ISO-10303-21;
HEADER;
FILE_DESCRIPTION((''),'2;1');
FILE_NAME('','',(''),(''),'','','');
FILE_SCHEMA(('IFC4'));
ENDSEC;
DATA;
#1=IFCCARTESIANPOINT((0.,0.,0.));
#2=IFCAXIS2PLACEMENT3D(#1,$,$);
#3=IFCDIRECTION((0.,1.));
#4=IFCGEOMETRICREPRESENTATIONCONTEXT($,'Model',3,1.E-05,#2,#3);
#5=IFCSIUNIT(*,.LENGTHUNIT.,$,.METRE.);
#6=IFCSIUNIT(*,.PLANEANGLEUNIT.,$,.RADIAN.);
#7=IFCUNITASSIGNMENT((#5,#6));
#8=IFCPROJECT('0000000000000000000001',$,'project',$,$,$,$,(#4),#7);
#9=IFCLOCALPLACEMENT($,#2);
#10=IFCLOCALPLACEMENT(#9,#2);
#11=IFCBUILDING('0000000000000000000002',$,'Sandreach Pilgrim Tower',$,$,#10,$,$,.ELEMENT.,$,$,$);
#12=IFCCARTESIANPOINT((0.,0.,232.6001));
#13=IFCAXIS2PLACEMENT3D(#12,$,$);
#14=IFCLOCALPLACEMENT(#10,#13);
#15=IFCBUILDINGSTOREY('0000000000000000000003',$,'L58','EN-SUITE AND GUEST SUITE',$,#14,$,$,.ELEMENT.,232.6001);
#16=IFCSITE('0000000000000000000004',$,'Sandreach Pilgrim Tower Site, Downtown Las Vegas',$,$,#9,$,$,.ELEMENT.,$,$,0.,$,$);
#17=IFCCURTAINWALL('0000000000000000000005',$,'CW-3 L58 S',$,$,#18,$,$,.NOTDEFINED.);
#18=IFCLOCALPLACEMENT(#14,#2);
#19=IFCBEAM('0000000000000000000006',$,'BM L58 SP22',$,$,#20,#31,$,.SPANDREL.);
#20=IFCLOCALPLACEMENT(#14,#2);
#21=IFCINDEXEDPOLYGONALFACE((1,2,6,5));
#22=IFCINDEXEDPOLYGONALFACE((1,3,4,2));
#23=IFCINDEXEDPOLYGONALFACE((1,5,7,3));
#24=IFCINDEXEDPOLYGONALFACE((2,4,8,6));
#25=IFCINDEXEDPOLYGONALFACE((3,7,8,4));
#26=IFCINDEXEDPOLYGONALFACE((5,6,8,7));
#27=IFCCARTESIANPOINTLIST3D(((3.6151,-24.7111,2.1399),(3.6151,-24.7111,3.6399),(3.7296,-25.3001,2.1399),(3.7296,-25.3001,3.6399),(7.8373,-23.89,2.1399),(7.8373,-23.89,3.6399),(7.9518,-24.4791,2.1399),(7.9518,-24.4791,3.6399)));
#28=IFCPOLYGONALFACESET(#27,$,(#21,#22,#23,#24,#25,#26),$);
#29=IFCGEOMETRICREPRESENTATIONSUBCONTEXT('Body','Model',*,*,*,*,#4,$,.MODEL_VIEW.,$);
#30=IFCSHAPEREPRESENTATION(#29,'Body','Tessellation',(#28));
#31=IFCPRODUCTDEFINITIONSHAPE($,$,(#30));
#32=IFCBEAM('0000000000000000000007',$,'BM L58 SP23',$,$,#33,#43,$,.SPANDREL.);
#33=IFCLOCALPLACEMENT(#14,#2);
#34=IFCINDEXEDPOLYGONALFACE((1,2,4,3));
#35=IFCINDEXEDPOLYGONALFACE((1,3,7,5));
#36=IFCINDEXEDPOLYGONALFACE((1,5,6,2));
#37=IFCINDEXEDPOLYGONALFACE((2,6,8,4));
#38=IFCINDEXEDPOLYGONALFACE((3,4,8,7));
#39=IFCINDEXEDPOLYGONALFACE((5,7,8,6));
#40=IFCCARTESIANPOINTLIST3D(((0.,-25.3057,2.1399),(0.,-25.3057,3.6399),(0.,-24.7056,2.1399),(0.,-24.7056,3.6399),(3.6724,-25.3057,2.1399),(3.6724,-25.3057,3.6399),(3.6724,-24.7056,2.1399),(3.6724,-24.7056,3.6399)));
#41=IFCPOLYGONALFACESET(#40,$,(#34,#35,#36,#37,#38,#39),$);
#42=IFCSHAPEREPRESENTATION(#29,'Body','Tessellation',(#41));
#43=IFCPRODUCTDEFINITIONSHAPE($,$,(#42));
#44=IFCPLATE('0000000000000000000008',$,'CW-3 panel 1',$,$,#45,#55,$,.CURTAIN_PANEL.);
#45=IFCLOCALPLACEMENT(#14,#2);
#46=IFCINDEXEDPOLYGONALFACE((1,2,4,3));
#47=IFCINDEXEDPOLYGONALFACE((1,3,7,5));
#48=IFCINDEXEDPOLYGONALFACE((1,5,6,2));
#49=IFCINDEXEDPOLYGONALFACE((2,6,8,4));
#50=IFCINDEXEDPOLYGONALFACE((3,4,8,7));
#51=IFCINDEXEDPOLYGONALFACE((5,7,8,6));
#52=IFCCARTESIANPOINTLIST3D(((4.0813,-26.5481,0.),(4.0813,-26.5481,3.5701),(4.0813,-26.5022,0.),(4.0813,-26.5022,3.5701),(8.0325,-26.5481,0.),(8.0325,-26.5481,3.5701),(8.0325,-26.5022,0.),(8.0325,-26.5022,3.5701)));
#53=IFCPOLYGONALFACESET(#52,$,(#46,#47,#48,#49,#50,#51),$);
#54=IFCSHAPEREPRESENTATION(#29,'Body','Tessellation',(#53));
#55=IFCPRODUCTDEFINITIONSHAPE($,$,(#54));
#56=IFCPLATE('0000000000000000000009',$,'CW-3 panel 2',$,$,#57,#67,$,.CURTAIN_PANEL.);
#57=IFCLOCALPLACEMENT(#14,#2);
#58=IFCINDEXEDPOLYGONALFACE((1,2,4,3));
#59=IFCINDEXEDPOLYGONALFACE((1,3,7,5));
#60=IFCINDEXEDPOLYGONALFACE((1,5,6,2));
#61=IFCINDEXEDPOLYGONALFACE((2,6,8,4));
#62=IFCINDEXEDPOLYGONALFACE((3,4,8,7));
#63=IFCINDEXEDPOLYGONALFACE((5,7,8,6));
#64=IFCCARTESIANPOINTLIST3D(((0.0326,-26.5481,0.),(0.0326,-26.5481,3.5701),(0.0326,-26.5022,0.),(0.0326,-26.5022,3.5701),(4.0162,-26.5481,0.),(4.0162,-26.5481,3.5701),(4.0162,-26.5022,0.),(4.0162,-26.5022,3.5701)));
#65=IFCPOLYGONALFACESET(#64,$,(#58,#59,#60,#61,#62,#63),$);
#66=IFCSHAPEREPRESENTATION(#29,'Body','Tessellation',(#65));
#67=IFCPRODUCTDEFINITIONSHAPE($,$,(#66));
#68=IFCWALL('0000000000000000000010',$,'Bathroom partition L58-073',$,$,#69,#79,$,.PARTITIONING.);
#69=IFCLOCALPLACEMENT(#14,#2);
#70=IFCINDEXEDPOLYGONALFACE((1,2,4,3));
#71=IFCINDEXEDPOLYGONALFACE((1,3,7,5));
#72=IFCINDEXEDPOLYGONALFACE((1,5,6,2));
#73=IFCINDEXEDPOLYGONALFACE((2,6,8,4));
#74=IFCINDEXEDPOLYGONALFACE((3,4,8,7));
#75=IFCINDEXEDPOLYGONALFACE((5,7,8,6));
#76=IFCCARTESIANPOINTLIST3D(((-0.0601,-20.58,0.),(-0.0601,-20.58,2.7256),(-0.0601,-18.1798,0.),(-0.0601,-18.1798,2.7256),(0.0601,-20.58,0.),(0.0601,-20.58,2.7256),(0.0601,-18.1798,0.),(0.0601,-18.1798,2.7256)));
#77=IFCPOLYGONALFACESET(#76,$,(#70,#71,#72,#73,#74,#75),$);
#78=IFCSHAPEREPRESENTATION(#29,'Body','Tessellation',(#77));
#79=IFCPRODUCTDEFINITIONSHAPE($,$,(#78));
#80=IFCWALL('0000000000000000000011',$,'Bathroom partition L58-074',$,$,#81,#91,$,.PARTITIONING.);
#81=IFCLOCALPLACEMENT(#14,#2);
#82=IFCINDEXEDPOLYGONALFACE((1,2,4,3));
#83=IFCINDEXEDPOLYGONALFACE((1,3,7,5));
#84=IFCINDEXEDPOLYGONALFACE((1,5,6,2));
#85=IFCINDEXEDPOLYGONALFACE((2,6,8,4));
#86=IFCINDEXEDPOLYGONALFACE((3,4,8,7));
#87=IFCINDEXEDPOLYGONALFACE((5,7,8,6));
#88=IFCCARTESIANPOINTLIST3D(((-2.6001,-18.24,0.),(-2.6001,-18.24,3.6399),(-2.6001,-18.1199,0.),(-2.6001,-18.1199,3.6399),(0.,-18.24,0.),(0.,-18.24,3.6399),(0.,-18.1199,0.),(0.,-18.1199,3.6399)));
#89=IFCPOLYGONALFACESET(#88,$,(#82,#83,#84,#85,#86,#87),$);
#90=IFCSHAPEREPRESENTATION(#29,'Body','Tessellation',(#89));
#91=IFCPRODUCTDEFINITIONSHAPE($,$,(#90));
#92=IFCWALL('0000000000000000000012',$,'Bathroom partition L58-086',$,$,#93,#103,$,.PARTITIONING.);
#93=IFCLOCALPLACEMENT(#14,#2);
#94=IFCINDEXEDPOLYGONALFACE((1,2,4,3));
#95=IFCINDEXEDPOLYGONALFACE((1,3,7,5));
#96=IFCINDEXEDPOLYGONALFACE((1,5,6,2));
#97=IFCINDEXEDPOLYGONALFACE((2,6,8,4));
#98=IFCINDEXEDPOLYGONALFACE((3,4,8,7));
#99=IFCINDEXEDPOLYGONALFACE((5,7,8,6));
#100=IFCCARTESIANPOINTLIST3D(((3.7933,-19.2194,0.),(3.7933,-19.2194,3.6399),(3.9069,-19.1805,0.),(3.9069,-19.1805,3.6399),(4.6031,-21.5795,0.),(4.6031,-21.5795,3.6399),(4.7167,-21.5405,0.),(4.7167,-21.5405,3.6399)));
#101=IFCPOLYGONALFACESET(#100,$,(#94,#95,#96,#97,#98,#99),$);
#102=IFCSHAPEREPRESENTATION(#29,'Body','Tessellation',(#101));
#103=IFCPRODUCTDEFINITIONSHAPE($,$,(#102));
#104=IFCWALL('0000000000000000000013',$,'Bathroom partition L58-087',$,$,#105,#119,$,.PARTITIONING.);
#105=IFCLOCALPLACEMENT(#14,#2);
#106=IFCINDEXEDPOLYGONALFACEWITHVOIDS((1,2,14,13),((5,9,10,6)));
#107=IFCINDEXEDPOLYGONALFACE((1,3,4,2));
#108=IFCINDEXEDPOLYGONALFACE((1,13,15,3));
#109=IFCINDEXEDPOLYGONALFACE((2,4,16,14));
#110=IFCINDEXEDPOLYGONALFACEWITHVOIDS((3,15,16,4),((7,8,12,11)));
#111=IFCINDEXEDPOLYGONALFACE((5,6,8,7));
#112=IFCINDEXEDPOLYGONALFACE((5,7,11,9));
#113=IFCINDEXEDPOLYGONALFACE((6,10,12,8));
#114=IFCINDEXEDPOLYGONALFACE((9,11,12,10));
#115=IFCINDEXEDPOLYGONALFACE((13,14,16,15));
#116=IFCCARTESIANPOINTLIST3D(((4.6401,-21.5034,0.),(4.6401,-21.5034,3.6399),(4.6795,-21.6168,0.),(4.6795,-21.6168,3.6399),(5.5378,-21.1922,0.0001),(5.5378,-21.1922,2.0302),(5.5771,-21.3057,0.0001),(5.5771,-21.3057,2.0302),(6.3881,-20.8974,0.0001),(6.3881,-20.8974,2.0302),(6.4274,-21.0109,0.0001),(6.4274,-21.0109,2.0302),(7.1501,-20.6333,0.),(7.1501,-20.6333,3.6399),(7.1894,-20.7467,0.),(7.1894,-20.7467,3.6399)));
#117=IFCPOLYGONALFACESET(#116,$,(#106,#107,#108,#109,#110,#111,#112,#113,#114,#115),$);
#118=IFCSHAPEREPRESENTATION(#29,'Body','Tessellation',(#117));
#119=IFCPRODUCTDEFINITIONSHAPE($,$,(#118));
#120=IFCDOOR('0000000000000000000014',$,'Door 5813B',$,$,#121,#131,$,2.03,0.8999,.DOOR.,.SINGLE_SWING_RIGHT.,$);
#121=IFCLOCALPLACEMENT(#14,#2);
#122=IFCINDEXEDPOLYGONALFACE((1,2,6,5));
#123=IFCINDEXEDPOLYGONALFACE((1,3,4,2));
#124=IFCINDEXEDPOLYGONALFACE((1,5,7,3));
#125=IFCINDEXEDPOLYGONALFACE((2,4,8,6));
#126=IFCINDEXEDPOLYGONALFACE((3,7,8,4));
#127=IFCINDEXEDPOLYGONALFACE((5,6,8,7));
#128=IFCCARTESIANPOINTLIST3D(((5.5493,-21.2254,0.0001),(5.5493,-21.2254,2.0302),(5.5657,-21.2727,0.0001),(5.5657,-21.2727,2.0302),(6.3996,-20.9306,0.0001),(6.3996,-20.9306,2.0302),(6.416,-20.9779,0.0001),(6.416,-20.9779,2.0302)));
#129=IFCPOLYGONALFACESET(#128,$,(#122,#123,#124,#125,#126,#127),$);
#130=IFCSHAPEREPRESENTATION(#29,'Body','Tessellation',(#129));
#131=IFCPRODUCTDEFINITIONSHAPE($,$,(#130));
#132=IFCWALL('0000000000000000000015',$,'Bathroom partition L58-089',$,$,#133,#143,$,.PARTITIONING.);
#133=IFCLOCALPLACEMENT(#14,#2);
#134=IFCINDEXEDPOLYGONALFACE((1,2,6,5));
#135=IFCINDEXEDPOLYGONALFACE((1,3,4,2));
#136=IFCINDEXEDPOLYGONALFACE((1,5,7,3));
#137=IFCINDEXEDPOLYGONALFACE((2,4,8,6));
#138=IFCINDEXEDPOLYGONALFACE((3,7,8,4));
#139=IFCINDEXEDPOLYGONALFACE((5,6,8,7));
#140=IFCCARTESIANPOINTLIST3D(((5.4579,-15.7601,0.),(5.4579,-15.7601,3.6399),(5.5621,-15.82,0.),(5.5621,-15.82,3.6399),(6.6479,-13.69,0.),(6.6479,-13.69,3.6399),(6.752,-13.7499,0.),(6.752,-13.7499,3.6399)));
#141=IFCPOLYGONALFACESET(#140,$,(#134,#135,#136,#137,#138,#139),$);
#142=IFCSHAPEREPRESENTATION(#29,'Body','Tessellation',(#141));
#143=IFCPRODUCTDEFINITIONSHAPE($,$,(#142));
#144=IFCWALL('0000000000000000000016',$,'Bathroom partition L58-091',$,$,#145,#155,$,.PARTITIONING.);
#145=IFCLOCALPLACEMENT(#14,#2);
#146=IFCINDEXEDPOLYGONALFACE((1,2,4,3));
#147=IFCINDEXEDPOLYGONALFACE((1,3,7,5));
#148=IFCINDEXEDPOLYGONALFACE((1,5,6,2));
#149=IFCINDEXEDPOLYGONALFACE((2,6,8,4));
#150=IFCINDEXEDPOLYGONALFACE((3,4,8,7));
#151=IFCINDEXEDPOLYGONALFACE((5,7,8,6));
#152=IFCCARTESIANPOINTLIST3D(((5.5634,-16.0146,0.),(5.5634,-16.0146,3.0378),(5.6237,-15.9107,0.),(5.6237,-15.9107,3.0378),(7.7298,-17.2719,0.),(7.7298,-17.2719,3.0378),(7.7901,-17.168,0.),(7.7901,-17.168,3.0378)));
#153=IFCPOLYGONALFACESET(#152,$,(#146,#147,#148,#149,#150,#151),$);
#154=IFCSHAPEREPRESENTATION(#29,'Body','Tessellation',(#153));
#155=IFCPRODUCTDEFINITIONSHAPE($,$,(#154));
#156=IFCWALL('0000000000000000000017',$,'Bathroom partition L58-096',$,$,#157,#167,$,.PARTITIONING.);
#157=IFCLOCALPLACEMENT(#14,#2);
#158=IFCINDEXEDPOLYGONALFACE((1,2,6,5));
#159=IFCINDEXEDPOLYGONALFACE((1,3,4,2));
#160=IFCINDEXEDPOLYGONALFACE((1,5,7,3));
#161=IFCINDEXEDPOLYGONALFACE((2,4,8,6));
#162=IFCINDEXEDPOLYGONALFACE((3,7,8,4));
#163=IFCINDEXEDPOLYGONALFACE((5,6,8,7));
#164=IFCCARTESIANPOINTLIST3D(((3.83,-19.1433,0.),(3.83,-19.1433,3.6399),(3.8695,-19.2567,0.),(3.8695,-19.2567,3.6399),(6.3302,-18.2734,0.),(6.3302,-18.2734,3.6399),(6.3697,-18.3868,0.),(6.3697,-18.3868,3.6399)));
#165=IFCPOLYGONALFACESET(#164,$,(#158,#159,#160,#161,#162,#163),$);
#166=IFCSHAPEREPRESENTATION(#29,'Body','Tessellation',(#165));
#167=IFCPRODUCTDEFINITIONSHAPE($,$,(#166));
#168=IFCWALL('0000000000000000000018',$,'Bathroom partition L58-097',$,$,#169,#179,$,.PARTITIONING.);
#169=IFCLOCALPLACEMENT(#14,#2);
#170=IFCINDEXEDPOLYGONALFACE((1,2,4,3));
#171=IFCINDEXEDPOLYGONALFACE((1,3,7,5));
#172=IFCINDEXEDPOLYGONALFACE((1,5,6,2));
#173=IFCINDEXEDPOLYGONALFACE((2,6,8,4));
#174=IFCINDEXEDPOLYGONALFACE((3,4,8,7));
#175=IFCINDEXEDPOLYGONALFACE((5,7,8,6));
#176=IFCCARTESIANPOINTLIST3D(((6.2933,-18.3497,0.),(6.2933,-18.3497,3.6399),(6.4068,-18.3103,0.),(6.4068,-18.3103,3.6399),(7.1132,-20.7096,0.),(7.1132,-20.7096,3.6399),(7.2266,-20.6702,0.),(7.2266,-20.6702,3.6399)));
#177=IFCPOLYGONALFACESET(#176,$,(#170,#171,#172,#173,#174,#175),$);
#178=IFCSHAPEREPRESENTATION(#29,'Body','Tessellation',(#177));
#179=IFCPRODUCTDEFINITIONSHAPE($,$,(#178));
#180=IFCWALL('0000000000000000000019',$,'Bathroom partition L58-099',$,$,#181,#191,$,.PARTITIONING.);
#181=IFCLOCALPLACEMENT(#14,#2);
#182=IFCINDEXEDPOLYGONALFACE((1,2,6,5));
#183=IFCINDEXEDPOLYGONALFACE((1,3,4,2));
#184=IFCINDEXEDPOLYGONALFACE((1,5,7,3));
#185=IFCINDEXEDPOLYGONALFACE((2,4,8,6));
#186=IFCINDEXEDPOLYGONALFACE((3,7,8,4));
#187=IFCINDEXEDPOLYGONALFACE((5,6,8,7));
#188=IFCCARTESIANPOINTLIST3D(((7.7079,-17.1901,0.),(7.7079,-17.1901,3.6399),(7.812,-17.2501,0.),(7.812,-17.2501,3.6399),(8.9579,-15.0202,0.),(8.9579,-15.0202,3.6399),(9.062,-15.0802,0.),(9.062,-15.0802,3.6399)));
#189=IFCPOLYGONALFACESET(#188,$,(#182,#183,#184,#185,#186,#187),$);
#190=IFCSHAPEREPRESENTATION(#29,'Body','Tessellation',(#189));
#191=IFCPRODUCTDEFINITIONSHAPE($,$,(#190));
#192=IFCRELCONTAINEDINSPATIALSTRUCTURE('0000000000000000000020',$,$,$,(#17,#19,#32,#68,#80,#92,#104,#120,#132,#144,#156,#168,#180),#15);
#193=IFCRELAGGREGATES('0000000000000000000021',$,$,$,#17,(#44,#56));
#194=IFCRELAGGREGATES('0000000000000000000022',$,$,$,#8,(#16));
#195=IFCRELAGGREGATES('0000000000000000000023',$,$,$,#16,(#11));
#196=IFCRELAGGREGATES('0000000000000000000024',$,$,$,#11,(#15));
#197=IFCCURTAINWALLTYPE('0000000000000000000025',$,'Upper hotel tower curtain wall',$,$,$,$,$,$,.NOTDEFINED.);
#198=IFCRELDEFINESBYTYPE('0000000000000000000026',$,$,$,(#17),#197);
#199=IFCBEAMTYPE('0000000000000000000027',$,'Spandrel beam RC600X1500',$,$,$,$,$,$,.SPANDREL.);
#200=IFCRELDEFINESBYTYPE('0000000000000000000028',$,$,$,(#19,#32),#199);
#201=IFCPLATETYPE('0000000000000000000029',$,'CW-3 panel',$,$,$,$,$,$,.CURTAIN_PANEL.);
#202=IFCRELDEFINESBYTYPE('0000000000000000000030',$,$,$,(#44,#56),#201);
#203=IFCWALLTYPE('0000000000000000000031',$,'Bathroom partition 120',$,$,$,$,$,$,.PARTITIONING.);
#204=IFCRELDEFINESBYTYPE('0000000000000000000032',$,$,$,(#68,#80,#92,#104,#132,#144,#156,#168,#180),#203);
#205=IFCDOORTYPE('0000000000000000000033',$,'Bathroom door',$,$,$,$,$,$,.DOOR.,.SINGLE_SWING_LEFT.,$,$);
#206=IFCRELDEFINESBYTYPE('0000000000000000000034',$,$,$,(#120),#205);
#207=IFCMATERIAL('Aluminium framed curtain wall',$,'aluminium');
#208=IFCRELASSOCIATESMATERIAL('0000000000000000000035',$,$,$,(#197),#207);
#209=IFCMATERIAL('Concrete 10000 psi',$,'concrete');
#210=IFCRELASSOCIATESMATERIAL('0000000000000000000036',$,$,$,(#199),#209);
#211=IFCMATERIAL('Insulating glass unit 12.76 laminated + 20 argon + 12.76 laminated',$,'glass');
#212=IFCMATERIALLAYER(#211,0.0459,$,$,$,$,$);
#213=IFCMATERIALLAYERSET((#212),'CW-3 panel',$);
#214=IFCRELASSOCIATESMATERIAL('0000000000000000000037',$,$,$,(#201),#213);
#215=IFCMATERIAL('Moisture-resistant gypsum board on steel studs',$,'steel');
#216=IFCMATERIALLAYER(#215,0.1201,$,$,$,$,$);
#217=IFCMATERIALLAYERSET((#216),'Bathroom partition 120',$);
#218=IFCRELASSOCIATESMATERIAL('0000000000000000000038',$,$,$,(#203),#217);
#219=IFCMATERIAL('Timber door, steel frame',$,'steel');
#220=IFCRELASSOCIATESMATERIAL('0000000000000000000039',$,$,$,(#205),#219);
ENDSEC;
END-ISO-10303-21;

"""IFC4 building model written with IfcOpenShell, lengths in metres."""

from ifc_helpers import new_model, si_unit, direction, frame, frame_2d, origin, origin_2d, place, context, subcontext, project, spatial, rectangle, extrude, material, layer, layer_set, material_profile, profile_set, type_object, element, fill, aggregate, save


model = new_model("IFC4")

# Units and contexts
model_context = context("Model", 3, precision=1e-05, world=origin(), true_north=direction((0.0, 1.0)))
body_context = subcontext(model_context, "Body", "Model", "MODEL_VIEW")
ifc_project = project(units=[si_unit("LENGTHUNIT", "METRE"), si_unit("PLANEANGLEUNIT", "RADIAN")], contexts=[model_context])

# Site, building, storey
site_placement = place(None, origin())
site = spatial("IfcSite", under=ifc_project, at=site_placement, Name="Sandreach Pilgrim Tower Site, Downtown Las Vegas", CompositionType="ELEMENT", RefElevation=0.0)
building_placement = place(site_placement, origin())
building = spatial("IfcBuilding", under=site, at=building_placement, Name="Sandreach Pilgrim Tower", CompositionType="ELEMENT")
storey_placement = place(building_placement, frame((0.0, 0.0, 232.6001)))
storey = spatial("IfcBuildingStorey", under=building, at=storey_placement, Name="L58", Description="EN-SUITE AND GUEST SUITE", CompositionType="ELEMENT", Elevation=232.6001)

# Curtain wall
ifc_material_1 = material(Name="Aluminium framed curtain wall", Category="aluminium")
curtain_wall_type = type_object("IfcCurtainWallType", Name="Upper hotel tower curtain wall", PredefinedType="NOTDEFINED", material=ifc_material_1)
curtain_wall_placement = place(storey_placement, origin())
curtain_wall = element("IfcCurtainWall", 1, at=curtain_wall_placement, inside=storey, type_object=curtain_wall_type, Name="CW-3 L58 S", PredefinedType="NOTDEFINED")

# Beams
ifc_material_2 = material(Name="Concrete 10000 psi", Category="concrete")
ifc_material_profile_1 = material_profile(ifc_material_2, rectangle(XDim=0.6001, YDim=1.5, at=origin_2d()), Name="RC600X1500")
ifc_profile_set_1 = profile_set([ifc_material_profile_1], Name="Concrete 10000 psi")
beam_type_1 = type_object("IfcBeamType", Name="Spandrel beam RC600X1500", PredefinedType="SPANDREL", material=ifc_profile_set_1)
beam_1_placement = place(storey_placement, frame((7.8945, -24.1846, 2.8899), z_axis=(-0.981612, -0.190885, 0.0), x_axis=(0.190885, -0.981612, 0.0)))
element("IfcBeam", 2, at=beam_1_placement, inside=storey, type_object=beam_type_1, Name="BM L58 SP22", PredefinedType="SPANDREL", context=body_context, shape_type="SweptSolid", body=[
    extrude(rectangle(XDim=0.6001, YDim=1.5, at=origin_2d()), origin(), (0.0, 0.0, 1.0), 4.3013),
])
beam_2_placement = place(storey_placement, frame((3.6724, -25.0056, 2.8899), z_axis=(-1.0, 0.0, 0.0), x_axis=(0.0, -1.0, 0.0)))
element("IfcBeam", 3, at=beam_2_placement, inside=storey, type_object=beam_type_1, Name="BM L58 SP23", PredefinedType="SPANDREL", context=body_context, shape_type="SweptSolid", body=[
    extrude(rectangle(XDim=0.6001, YDim=1.5, at=origin_2d()), origin(), (0.0, 0.0, 1.0), 3.6724),
])

# Plates
ifc_material_3 = material(Name="Insulating glass unit 12.76 laminated + 20 argon + 12.76 laminated", Category="glass")
ifc_layer_1 = layer(ifc_material_3, 0.0459)
ifc_layer_set_1 = layer_set([ifc_layer_1], Name="CW-3 panel")
plate_type = type_object("IfcPlateType", Name="CW-3 panel", PredefinedType="CURTAIN_PANEL", material=ifc_layer_set_1)
plate_1_placement = place(storey_placement, frame((6.0569, -26.5251, 0.0), z_axis=(0.0, 0.0, 1.0), x_axis=(-1.0, 0.0, 0.0)))
plate_1 = element("IfcPlate", 4, at=plate_1_placement, type_object=plate_type, Name="CW-3 panel 1", PredefinedType="CURTAIN_PANEL", context=body_context, shape_type="SweptSolid", body=[
    extrude(rectangle(XDim=3.9512, YDim=0.0459, at=origin_2d()), origin(), (0.0, 0.0, 1.0), 3.5701),
])
plate_2_placement = place(storey_placement, frame((2.0244, -26.5251, 0.0), z_axis=(0.0, 0.0, 1.0), x_axis=(-1.0, 0.0, 0.0)))
plate_2 = element("IfcPlate", 5, at=plate_2_placement, type_object=plate_type, Name="CW-3 panel 2", PredefinedType="CURTAIN_PANEL", context=body_context, shape_type="SweptSolid", body=[
    extrude(rectangle(XDim=3.9836, YDim=0.0459, at=origin_2d()), origin(), (0.0, 0.0, 1.0), 3.5701),
])
aggregate(curtain_wall, [plate_1, plate_2])

# Walls
ifc_material_4 = material(Name="Moisture-resistant gypsum board on steel studs", Category="steel")
ifc_layer_2 = layer(ifc_material_4, 0.1201)
ifc_layer_set_2 = layer_set([ifc_layer_2], Name="Bathroom partition 120")
wall_type_1 = type_object("IfcWallType", Name="Bathroom partition 120", PredefinedType="PARTITIONING", material=ifc_layer_set_2)
wall_1_placement = place(storey_placement, frame((0.0, -20.5801, 0.0), z_axis=(0.0, 0.0, 1.0), x_axis=(0.0, 1.0, 0.0)))
element("IfcWall", 6, at=wall_1_placement, inside=storey, type_object=wall_type_1, Name="Bathroom partition L58-073", PredefinedType="PARTITIONING", context=body_context, shape_type="SweptSolid", body=[
    extrude(rectangle(XDim=2.4001, YDim=0.1201, at=frame_2d((1.2002, 0.0))), origin(), (0.0, 0.0, 1.0), 2.7256),
])
wall_2_placement = place(storey_placement, frame((0.0, -18.1799, 0.0), z_axis=(0.0, 0.0, 1.0), x_axis=(-1.0, 0.0, 0.0)))
element("IfcWall", 7, at=wall_2_placement, inside=storey, type_object=wall_type_1, Name="Bathroom partition L58-074", PredefinedType="PARTITIONING", context=body_context, shape_type="SweptSolid", body=[
    extrude(rectangle(XDim=2.6001, YDim=0.1201, at=frame_2d((1.3, 0.0))), origin(), (0.0, 0.0, 1.0), 3.6399),
])
wall_3_placement = place(storey_placement, frame((3.8501, -19.2, 0.0), z_axis=(0.0, 0.0, 1.0), x_axis=(0.324552, -0.945868, 0.0)))
element("IfcWall", 8, at=wall_3_placement, inside=storey, type_object=wall_type_1, Name="Bathroom partition L58-086", PredefinedType="PARTITIONING", context=body_context, shape_type="SweptSolid", body=[
    extrude(rectangle(XDim=2.4951, YDim=0.1201, at=frame_2d((1.2476, 0.0))), origin(), (0.0, 0.0, 1.0), 3.6399),
])

# Wall, opening, door
wall_4_placement = place(storey_placement, frame((4.6599, -21.5601, 0.0), z_axis=(0.0, 0.0, 1.0), x_axis=(0.944838, 0.327537, 0.0)))
wall_4 = element("IfcWall", 9, at=wall_4_placement, inside=storey, type_object=wall_type_1, Name="Bathroom partition L58-087", PredefinedType="PARTITIONING", context=body_context, shape_type="SweptSolid", body=[
    extrude(rectangle(XDim=2.6565, YDim=0.1201, at=frame_2d((1.3281, 0.0))), origin(), (0.0, 0.0, 1.0), 3.6399),
])
opening_1_placement = place(wall_4_placement, frame((0.95, 0.0, 0.0)))
opening_1 = element("IfcOpeningElement", 10, at=opening_1_placement, cuts=wall_4, PredefinedType="OPENING", context=body_context, shape_type="SweptSolid", body=[
    extrude(rectangle(XDim=0.8999, YDim=2.03, at=frame_2d((0.45, 1.0151))), frame((0.0, 0.0601, 0.0), z_axis=(0.0, -1.0, 0.0), x_axis=(1.0, 0.0, 0.0)), (0.0, 0.0, 1.0), 0.1201),
])
ifc_material_5 = material(Name="Timber door, steel frame", Category="steel")
door_type_1 = type_object("IfcDoorType", Name="Bathroom door", OperationType="SINGLE_SWING_LEFT", PredefinedType="DOOR", material=ifc_material_5)
door_1_placement = place(opening_1_placement, origin())
door_1 = element("IfcDoor", 11, at=door_1_placement, inside=storey, type_object=door_type_1, Name="Door 5813B", OperationType="SINGLE_SWING_RIGHT", OverallHeight=2.03, OverallWidth=0.8999, PredefinedType="DOOR", context=body_context, shape_type="SweptSolid", body=[
    extrude(rectangle(XDim=0.8999, YDim=2.03, at=frame_2d((0.45, 1.0151))), frame((0.0, 0.0249, 0.0), z_axis=(0.0, -1.0, 0.0), x_axis=(1.0, 0.0, 0.0)), (0.0, 0.0, 1.0), 0.05),
])
fill(opening_1, door_1)

# Walls
wall_5_placement = place(storey_placement, frame((5.51, -15.79, 0.0), z_axis=(0.0, 0.0, 1.0), x_axis=(0.498362, 0.866969, 0.0)))
element("IfcWall", 12, at=wall_5_placement, inside=storey, type_object=wall_type_1, Name="Bathroom partition L58-089", PredefinedType="PARTITIONING", context=body_context, shape_type="SweptSolid", body=[
    extrude(rectangle(XDim=2.3877, YDim=0.1201, at=frame_2d((1.1938, 0.0))), origin(), (0.0, 0.0, 1.0), 3.6399),
])
wall_6_placement = place(storey_placement, frame((5.5935, -15.9626, 0.0), z_axis=(0.0, 0.0, 1.0), x_axis=(0.864901, -0.501943, 0.0)))
element("IfcWall", 13, at=wall_6_placement, inside=storey, type_object=wall_type_1, Name="Bathroom partition L58-091", PredefinedType="PARTITIONING", context=body_context, shape_type="SweptSolid", body=[
    extrude(rectangle(XDim=2.5049, YDim=0.1201, at=frame_2d((1.2524, 0.0))), origin(), (0.0, 0.0, 1.0), 3.0378),
])
wall_7_placement = place(storey_placement, frame((6.3501, -18.3301, 0.0), z_axis=(0.0, 0.0, 1.0), x_axis=(-0.944471, -0.328596, 0.0)))
element("IfcWall", 14, at=wall_7_placement, inside=storey, type_object=wall_type_1, Name="Bathroom partition L58-096", PredefinedType="PARTITIONING", context=body_context, shape_type="SweptSolid", body=[
    extrude(rectangle(XDim=2.6472, YDim=0.1201, at=frame_2d((1.3237, 0.0))), origin(), (0.0, 0.0, 1.0), 3.6399),
])
wall_8_placement = place(storey_placement, frame((6.3501, -18.3301, 0.0), z_axis=(0.0, 0.0, 1.0), x_axis=(0.328164, -0.944621, 0.0)))
element("IfcWall", 15, at=wall_8_placement, inside=storey, type_object=wall_type_1, Name="Bathroom partition L58-097", PredefinedType="PARTITIONING", context=body_context, shape_type="SweptSolid", body=[
    extrude(rectangle(XDim=2.4983, YDim=0.1201, at=frame_2d((1.249, 0.0))), origin(), (0.0, 0.0, 1.0), 3.6399),
])
wall_9_placement = place(storey_placement, frame((7.76, -17.22, 0.0), z_axis=(0.0, 0.0, 1.0), x_axis=(0.49916, 0.86651, 0.0)))
element("IfcWall", 16, at=wall_9_placement, inside=storey, type_object=wall_type_1, Name="Bathroom partition L58-099", PredefinedType="PARTITIONING", context=body_context, shape_type="SweptSolid", body=[
    extrude(rectangle(XDim=2.5042, YDim=0.1201, at=frame_2d((1.252, 0.0))), origin(), (0.0, 0.0, 1.0), 3.6399),
])

save(model, "model.ifc")
